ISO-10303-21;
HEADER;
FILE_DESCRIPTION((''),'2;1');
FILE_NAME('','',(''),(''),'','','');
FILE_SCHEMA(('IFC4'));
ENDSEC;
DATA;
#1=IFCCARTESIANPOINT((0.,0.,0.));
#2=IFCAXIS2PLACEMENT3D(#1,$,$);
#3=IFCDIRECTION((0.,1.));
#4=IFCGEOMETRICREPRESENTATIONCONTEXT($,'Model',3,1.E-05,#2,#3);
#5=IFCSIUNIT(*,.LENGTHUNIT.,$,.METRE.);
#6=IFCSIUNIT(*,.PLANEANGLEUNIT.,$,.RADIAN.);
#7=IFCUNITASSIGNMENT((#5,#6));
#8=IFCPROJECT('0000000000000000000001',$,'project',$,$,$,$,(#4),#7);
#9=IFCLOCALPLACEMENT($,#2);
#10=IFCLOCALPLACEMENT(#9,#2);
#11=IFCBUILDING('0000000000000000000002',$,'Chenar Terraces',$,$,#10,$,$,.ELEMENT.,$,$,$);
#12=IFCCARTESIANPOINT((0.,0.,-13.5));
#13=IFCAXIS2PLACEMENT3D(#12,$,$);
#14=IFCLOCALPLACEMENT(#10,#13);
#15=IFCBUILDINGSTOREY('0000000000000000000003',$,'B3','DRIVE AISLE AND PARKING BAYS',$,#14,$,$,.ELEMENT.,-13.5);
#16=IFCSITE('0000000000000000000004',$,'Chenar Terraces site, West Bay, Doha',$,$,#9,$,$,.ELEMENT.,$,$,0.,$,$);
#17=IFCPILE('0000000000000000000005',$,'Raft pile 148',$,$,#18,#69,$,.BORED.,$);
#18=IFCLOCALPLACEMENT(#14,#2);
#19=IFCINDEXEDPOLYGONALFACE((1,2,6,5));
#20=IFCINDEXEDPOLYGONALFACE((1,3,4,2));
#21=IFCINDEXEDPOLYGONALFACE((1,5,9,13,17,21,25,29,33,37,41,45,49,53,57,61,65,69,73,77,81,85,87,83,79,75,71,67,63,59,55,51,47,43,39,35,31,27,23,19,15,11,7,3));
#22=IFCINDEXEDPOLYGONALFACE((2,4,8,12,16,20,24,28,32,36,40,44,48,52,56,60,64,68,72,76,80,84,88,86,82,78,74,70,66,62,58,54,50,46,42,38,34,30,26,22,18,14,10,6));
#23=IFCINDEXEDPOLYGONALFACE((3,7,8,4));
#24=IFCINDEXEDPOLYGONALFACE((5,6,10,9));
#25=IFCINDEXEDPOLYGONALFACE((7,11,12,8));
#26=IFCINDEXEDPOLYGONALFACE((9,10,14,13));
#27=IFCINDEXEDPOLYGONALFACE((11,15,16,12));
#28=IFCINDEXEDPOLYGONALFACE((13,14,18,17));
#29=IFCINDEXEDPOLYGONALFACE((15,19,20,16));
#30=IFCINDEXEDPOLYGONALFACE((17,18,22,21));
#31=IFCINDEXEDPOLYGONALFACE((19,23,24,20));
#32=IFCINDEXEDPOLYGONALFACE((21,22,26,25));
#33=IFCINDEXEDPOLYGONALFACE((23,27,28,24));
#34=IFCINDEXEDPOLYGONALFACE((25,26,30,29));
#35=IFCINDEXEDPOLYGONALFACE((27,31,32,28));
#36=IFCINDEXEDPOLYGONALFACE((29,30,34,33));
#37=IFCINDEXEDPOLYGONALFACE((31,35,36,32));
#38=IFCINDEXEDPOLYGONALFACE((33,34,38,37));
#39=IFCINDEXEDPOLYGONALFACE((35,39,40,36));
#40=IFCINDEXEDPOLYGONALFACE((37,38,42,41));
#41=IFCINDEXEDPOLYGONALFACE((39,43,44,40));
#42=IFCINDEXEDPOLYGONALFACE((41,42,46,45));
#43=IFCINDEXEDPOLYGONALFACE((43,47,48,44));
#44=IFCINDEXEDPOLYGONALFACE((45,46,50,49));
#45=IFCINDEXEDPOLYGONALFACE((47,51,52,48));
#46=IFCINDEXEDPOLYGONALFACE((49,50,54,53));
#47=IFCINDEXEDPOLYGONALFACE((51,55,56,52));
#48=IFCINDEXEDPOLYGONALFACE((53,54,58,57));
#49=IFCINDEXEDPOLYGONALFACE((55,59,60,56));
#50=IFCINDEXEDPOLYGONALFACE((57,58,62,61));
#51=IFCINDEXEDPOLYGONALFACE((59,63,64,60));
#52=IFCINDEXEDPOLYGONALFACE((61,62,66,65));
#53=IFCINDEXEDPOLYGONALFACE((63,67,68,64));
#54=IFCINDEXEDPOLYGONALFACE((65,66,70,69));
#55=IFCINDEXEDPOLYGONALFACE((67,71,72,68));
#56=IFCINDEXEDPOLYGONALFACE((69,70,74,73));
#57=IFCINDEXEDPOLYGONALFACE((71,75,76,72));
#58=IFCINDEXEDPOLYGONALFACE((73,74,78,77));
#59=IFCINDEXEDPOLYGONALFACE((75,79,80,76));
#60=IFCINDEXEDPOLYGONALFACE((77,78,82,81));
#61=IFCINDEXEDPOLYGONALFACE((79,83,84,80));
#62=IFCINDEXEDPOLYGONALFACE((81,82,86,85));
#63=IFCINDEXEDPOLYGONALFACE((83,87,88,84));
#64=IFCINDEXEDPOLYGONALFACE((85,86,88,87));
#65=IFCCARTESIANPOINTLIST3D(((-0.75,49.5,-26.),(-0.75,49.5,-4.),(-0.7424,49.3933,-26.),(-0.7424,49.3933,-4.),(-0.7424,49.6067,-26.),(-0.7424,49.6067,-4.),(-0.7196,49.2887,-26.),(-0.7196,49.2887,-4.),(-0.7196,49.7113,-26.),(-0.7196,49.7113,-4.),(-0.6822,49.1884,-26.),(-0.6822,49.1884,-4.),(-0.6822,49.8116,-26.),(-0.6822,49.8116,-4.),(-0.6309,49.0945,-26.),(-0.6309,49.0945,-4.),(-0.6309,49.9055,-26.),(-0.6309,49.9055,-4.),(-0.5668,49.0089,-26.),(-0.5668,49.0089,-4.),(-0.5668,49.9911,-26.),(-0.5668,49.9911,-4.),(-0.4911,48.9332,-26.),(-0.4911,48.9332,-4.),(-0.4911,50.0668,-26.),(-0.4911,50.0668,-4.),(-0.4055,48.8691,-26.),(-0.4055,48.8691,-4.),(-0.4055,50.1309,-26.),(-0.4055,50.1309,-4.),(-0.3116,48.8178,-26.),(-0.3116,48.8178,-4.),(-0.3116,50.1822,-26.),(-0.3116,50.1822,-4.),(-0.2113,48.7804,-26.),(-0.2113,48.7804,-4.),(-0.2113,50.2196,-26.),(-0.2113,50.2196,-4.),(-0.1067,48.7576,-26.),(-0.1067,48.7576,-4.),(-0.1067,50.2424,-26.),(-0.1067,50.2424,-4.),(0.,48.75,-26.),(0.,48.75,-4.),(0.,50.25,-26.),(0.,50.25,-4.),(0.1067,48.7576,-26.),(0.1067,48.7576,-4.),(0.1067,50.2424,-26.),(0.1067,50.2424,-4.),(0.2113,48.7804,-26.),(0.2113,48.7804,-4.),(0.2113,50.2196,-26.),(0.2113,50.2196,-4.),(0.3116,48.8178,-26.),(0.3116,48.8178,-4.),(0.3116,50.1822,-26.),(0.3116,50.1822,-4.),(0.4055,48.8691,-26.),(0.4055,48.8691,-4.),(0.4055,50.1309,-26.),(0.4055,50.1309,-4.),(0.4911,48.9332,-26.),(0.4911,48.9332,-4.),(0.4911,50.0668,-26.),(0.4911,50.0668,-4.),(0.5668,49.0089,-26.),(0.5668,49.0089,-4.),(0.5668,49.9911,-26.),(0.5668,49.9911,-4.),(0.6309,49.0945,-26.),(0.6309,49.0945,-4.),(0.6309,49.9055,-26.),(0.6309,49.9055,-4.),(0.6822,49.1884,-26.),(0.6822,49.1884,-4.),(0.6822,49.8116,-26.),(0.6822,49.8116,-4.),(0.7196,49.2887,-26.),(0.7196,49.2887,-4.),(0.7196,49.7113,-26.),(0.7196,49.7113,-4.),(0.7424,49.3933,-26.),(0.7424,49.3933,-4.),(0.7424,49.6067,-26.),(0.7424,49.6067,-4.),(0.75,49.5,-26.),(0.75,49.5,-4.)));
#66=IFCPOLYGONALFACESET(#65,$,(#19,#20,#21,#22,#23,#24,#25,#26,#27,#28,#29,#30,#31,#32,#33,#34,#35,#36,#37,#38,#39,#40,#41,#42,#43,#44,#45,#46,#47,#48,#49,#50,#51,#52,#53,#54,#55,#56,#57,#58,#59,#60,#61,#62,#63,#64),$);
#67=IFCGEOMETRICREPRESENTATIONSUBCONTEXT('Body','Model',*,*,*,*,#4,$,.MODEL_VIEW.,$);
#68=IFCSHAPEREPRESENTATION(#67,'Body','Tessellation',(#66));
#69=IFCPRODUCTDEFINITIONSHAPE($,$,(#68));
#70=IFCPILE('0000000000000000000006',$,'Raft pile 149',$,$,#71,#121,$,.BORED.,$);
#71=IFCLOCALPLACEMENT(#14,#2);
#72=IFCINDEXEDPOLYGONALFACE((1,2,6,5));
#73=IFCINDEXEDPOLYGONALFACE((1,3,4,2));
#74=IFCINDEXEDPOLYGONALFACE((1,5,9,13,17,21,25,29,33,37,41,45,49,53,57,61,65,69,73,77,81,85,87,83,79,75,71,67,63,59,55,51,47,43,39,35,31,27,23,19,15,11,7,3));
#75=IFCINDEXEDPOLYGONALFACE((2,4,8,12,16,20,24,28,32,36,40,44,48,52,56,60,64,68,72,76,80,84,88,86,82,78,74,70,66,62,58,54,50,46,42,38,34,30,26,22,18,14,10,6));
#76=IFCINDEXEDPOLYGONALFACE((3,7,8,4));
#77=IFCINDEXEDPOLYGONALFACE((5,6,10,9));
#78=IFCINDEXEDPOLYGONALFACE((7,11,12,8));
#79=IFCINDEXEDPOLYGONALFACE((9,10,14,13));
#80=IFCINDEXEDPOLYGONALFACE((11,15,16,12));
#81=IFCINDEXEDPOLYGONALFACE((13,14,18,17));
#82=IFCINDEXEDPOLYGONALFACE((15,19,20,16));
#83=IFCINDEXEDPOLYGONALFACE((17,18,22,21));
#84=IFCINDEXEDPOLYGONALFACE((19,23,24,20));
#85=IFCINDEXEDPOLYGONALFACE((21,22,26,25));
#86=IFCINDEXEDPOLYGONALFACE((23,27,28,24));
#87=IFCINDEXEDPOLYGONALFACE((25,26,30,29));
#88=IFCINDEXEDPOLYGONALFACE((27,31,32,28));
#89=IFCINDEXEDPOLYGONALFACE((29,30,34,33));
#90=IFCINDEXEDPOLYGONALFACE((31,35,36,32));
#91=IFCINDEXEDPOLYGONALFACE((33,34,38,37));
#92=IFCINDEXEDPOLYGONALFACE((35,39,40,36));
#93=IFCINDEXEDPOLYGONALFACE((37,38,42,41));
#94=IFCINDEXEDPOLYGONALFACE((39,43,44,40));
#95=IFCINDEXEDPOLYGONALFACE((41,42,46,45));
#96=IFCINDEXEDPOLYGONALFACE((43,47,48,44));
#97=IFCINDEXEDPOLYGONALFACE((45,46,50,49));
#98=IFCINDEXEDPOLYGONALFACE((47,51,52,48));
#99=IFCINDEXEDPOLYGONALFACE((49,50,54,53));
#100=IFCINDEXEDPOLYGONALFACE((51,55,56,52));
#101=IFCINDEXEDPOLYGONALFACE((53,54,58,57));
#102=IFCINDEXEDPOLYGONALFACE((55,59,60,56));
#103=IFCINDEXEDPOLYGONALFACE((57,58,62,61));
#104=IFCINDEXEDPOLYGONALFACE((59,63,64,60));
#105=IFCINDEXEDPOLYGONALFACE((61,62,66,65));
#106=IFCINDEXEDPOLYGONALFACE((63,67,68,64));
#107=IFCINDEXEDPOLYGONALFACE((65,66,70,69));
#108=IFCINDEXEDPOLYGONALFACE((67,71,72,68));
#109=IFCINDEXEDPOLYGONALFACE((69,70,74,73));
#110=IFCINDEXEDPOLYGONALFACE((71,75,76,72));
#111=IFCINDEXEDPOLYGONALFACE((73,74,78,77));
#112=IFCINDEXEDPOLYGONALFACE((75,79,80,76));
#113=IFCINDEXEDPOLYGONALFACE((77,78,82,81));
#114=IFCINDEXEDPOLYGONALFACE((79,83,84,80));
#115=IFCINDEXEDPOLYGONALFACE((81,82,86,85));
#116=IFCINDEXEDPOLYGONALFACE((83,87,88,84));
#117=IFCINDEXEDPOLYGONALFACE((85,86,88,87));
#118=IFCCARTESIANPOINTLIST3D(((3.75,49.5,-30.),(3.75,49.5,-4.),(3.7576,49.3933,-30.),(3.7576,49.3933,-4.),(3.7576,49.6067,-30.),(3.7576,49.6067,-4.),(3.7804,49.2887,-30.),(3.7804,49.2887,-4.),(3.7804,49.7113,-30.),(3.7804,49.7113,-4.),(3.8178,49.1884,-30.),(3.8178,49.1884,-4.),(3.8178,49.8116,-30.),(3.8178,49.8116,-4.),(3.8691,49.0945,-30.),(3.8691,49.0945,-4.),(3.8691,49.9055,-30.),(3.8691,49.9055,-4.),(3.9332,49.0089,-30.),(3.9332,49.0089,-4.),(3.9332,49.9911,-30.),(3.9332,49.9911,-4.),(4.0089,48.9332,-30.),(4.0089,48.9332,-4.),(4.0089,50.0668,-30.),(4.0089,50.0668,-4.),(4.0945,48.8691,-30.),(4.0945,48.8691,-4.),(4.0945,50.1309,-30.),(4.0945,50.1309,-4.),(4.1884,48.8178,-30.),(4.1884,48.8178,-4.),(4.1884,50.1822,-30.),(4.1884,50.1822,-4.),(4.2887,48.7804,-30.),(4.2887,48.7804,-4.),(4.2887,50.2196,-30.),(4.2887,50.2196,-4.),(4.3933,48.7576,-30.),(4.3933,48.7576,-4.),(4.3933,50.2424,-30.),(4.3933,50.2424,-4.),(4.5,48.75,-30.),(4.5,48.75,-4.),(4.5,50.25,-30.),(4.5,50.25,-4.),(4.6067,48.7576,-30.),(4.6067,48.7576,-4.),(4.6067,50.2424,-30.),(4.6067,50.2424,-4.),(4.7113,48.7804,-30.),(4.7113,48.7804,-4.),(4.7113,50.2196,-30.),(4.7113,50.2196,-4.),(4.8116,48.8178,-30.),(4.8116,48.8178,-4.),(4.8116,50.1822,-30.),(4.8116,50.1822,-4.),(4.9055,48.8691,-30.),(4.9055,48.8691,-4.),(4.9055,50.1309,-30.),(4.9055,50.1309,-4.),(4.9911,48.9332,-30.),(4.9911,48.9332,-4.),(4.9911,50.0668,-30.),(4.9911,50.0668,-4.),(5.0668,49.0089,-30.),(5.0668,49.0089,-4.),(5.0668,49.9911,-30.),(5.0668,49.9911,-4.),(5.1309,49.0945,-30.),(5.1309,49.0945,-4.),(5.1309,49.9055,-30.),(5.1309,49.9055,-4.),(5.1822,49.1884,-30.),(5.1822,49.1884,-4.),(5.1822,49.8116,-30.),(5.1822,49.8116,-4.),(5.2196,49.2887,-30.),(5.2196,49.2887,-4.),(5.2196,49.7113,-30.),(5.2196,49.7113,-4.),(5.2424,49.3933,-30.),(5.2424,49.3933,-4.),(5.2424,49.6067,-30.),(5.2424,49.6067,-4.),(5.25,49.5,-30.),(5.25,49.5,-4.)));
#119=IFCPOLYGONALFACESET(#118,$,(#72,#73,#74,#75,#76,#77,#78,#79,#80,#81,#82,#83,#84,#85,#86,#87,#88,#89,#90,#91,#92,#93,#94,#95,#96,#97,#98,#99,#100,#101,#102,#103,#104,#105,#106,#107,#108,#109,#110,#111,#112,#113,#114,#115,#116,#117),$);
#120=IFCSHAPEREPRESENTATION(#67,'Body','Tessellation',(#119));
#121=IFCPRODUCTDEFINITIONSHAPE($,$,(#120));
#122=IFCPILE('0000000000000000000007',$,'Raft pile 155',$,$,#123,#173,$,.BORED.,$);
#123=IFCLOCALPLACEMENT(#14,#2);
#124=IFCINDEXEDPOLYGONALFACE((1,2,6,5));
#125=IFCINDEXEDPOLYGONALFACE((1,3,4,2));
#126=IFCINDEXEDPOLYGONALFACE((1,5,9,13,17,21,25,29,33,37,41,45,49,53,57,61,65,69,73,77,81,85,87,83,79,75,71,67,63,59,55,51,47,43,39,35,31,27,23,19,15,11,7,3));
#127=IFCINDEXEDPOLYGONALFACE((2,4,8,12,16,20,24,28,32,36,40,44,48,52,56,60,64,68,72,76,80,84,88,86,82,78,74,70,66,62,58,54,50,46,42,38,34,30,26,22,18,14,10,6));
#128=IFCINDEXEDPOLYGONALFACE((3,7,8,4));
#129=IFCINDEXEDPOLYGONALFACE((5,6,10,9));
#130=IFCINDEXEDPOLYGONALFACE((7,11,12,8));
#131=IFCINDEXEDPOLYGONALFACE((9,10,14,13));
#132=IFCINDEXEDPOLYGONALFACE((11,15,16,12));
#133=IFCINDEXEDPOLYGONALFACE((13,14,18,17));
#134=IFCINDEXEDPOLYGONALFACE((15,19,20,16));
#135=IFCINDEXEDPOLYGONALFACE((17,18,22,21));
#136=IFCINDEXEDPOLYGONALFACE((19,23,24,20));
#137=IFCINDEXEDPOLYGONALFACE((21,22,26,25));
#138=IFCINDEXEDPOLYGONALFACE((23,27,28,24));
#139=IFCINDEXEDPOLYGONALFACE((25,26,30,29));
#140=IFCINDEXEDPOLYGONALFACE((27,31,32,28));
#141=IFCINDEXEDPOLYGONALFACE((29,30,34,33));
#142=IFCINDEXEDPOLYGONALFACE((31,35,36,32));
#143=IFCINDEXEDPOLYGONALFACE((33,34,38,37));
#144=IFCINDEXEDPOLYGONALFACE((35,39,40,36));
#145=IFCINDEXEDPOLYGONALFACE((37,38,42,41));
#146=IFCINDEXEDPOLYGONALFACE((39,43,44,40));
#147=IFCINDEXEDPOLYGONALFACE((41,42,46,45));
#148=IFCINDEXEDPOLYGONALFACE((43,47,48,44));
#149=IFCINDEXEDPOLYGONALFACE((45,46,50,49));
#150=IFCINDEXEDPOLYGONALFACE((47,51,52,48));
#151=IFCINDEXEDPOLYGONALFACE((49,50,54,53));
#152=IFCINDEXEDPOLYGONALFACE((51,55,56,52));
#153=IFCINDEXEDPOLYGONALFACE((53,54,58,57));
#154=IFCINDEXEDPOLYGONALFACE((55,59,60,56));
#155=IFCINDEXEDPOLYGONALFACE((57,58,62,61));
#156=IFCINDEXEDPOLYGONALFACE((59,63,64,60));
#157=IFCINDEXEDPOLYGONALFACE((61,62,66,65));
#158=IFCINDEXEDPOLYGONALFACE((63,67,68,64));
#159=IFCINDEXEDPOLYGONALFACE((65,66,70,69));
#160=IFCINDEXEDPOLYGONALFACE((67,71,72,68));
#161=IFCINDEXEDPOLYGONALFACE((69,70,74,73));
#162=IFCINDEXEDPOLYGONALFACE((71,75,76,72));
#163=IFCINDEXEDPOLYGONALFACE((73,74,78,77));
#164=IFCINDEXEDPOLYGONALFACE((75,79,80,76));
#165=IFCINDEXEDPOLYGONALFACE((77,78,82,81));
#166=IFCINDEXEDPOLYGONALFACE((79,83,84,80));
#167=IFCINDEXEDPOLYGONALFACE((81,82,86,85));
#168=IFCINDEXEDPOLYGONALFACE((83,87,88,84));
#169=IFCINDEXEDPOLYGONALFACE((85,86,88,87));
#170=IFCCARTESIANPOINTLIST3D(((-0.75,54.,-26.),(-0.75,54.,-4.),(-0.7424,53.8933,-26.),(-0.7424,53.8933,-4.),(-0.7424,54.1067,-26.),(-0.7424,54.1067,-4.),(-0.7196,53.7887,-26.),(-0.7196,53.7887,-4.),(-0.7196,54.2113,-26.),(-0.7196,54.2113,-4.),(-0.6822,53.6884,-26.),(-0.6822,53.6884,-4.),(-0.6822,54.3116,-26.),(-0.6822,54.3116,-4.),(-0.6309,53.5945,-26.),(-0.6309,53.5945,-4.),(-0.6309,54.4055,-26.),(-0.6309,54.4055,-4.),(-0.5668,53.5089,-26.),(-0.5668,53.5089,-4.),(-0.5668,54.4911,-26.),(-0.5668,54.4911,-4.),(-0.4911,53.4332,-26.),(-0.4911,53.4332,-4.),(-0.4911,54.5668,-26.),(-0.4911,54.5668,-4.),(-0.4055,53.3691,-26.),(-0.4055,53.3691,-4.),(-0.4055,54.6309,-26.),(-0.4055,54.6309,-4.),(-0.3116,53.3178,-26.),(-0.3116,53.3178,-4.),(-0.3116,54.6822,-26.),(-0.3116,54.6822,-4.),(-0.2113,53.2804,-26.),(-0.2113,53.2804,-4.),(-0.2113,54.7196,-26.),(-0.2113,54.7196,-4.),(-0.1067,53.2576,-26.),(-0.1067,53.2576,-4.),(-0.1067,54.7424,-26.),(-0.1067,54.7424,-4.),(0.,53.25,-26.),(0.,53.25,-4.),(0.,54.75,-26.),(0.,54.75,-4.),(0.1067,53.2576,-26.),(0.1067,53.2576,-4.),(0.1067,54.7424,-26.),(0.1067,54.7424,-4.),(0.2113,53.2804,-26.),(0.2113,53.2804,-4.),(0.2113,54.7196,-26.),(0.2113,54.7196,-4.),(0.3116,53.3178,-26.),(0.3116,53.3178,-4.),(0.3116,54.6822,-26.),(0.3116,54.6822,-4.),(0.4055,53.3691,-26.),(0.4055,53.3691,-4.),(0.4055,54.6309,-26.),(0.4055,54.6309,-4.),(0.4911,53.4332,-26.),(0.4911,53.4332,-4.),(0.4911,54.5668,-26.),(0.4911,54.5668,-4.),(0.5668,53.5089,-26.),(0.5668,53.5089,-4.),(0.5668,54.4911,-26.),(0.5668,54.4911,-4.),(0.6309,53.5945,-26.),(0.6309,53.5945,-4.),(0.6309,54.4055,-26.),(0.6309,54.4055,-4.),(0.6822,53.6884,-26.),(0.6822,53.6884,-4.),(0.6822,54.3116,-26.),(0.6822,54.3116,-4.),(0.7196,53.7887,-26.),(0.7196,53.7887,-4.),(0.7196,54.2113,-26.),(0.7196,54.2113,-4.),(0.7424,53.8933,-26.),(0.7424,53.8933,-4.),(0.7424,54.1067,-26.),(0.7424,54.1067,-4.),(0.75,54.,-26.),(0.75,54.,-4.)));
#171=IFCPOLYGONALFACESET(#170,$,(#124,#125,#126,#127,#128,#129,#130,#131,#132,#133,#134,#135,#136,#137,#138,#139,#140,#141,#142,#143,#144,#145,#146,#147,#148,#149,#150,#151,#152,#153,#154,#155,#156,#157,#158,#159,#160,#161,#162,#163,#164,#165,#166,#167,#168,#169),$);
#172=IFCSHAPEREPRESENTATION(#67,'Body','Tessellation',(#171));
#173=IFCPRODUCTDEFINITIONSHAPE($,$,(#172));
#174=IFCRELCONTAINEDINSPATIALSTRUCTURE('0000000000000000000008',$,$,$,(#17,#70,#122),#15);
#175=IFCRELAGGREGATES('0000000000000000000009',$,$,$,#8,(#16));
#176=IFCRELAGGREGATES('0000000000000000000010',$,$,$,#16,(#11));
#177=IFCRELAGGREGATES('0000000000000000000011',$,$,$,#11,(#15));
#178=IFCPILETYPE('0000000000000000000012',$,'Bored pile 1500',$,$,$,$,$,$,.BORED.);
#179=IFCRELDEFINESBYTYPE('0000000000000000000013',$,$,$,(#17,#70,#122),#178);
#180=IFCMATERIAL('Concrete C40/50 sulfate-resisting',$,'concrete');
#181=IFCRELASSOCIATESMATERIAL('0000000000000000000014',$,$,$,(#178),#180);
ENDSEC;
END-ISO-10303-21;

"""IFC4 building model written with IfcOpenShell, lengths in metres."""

from ifc_helpers import new_model, si_unit, direction, frame, origin, origin_2d, place, context, subcontext, project, spatial, circle, extrude, material, material_profile, profile_set, type_object, element, save


model = new_model("IFC4")

# Units and contexts
model_context = context("Model", 3, precision=1e-05, world=origin(), true_north=direction((0.0, 1.0)))
body_context = subcontext(model_context, "Body", "Model", "MODEL_VIEW")
ifc_project = project(units=[si_unit("LENGTHUNIT", "METRE"), si_unit("PLANEANGLEUNIT", "RADIAN")], contexts=[model_context])

# Site, building, storey
site_placement = place(None, origin())
site = spatial("IfcSite", under=ifc_project, at=site_placement, Name="Chenar Terraces site, West Bay, Doha", CompositionType="ELEMENT", RefElevation=0.0)
building_placement = place(site_placement, origin())
building = spatial("IfcBuilding", under=site, at=building_placement, Name="Chenar Terraces", CompositionType="ELEMENT")
storey_placement = place(building_placement, frame((0.0, 0.0, -13.5)))
storey = spatial("IfcBuildingStorey", under=building, at=storey_placement, Name="B3", Description="DRIVE AISLE AND PARKING BAYS", CompositionType="ELEMENT", Elevation=-13.5)

# Piles
ifc_material_1 = material(Name="Concrete C40/50 sulfate-resisting", Category="concrete")
ifc_material_profile_1 = material_profile(ifc_material_1, circle(Radius=0.75, at=origin_2d()), Name="BP 1500")
ifc_profile_set_1 = profile_set([ifc_material_profile_1], Name="Concrete C40/50 sulfate-resisting")
pile_type_1 = type_object("IfcPileType", Name="Bored pile 1500", PredefinedType="BORED", material=ifc_profile_set_1)
pile_1_placement = place(storey_placement, frame((0.0, 49.5, -4.0), z_axis=(0.0, 0.0, -1.0), x_axis=(1.0, 0.0, 0.0)))
element("IfcPile", 1, at=pile_1_placement, inside=storey, type_object=pile_type_1, Name="Raft pile 148", PredefinedType="BORED", context=body_context, shape_type="SweptSolid", body=[
    extrude(circle(Radius=0.75, at=origin_2d()), origin(), (0.0, 0.0, 1.0), 22.0),
])
pile_2_placement = place(storey_placement, frame((4.5, 49.5, -4.0), z_axis=(0.0, 0.0, -1.0), x_axis=(1.0, 0.0, 0.0)))
element("IfcPile", 2, at=pile_2_placement, inside=storey, type_object=pile_type_1, Name="Raft pile 149", PredefinedType="BORED", context=body_context, shape_type="SweptSolid", body=[
    extrude(circle(Radius=0.75, at=origin_2d()), origin(), (0.0, 0.0, 1.0), 26.0),
])
pile_3_placement = place(storey_placement, frame((0.0, 54.0, -4.0), z_axis=(0.0, 0.0, -1.0), x_axis=(1.0, 0.0, 0.0)))
element("IfcPile", 3, at=pile_3_placement, inside=storey, type_object=pile_type_1, Name="Raft pile 155", PredefinedType="BORED", context=body_context, shape_type="SweptSolid", body=[
    extrude(circle(Radius=0.75, at=origin_2d()), origin(), (0.0, 0.0, 1.0), 22.0),
])

save(model, "model.ifc")
